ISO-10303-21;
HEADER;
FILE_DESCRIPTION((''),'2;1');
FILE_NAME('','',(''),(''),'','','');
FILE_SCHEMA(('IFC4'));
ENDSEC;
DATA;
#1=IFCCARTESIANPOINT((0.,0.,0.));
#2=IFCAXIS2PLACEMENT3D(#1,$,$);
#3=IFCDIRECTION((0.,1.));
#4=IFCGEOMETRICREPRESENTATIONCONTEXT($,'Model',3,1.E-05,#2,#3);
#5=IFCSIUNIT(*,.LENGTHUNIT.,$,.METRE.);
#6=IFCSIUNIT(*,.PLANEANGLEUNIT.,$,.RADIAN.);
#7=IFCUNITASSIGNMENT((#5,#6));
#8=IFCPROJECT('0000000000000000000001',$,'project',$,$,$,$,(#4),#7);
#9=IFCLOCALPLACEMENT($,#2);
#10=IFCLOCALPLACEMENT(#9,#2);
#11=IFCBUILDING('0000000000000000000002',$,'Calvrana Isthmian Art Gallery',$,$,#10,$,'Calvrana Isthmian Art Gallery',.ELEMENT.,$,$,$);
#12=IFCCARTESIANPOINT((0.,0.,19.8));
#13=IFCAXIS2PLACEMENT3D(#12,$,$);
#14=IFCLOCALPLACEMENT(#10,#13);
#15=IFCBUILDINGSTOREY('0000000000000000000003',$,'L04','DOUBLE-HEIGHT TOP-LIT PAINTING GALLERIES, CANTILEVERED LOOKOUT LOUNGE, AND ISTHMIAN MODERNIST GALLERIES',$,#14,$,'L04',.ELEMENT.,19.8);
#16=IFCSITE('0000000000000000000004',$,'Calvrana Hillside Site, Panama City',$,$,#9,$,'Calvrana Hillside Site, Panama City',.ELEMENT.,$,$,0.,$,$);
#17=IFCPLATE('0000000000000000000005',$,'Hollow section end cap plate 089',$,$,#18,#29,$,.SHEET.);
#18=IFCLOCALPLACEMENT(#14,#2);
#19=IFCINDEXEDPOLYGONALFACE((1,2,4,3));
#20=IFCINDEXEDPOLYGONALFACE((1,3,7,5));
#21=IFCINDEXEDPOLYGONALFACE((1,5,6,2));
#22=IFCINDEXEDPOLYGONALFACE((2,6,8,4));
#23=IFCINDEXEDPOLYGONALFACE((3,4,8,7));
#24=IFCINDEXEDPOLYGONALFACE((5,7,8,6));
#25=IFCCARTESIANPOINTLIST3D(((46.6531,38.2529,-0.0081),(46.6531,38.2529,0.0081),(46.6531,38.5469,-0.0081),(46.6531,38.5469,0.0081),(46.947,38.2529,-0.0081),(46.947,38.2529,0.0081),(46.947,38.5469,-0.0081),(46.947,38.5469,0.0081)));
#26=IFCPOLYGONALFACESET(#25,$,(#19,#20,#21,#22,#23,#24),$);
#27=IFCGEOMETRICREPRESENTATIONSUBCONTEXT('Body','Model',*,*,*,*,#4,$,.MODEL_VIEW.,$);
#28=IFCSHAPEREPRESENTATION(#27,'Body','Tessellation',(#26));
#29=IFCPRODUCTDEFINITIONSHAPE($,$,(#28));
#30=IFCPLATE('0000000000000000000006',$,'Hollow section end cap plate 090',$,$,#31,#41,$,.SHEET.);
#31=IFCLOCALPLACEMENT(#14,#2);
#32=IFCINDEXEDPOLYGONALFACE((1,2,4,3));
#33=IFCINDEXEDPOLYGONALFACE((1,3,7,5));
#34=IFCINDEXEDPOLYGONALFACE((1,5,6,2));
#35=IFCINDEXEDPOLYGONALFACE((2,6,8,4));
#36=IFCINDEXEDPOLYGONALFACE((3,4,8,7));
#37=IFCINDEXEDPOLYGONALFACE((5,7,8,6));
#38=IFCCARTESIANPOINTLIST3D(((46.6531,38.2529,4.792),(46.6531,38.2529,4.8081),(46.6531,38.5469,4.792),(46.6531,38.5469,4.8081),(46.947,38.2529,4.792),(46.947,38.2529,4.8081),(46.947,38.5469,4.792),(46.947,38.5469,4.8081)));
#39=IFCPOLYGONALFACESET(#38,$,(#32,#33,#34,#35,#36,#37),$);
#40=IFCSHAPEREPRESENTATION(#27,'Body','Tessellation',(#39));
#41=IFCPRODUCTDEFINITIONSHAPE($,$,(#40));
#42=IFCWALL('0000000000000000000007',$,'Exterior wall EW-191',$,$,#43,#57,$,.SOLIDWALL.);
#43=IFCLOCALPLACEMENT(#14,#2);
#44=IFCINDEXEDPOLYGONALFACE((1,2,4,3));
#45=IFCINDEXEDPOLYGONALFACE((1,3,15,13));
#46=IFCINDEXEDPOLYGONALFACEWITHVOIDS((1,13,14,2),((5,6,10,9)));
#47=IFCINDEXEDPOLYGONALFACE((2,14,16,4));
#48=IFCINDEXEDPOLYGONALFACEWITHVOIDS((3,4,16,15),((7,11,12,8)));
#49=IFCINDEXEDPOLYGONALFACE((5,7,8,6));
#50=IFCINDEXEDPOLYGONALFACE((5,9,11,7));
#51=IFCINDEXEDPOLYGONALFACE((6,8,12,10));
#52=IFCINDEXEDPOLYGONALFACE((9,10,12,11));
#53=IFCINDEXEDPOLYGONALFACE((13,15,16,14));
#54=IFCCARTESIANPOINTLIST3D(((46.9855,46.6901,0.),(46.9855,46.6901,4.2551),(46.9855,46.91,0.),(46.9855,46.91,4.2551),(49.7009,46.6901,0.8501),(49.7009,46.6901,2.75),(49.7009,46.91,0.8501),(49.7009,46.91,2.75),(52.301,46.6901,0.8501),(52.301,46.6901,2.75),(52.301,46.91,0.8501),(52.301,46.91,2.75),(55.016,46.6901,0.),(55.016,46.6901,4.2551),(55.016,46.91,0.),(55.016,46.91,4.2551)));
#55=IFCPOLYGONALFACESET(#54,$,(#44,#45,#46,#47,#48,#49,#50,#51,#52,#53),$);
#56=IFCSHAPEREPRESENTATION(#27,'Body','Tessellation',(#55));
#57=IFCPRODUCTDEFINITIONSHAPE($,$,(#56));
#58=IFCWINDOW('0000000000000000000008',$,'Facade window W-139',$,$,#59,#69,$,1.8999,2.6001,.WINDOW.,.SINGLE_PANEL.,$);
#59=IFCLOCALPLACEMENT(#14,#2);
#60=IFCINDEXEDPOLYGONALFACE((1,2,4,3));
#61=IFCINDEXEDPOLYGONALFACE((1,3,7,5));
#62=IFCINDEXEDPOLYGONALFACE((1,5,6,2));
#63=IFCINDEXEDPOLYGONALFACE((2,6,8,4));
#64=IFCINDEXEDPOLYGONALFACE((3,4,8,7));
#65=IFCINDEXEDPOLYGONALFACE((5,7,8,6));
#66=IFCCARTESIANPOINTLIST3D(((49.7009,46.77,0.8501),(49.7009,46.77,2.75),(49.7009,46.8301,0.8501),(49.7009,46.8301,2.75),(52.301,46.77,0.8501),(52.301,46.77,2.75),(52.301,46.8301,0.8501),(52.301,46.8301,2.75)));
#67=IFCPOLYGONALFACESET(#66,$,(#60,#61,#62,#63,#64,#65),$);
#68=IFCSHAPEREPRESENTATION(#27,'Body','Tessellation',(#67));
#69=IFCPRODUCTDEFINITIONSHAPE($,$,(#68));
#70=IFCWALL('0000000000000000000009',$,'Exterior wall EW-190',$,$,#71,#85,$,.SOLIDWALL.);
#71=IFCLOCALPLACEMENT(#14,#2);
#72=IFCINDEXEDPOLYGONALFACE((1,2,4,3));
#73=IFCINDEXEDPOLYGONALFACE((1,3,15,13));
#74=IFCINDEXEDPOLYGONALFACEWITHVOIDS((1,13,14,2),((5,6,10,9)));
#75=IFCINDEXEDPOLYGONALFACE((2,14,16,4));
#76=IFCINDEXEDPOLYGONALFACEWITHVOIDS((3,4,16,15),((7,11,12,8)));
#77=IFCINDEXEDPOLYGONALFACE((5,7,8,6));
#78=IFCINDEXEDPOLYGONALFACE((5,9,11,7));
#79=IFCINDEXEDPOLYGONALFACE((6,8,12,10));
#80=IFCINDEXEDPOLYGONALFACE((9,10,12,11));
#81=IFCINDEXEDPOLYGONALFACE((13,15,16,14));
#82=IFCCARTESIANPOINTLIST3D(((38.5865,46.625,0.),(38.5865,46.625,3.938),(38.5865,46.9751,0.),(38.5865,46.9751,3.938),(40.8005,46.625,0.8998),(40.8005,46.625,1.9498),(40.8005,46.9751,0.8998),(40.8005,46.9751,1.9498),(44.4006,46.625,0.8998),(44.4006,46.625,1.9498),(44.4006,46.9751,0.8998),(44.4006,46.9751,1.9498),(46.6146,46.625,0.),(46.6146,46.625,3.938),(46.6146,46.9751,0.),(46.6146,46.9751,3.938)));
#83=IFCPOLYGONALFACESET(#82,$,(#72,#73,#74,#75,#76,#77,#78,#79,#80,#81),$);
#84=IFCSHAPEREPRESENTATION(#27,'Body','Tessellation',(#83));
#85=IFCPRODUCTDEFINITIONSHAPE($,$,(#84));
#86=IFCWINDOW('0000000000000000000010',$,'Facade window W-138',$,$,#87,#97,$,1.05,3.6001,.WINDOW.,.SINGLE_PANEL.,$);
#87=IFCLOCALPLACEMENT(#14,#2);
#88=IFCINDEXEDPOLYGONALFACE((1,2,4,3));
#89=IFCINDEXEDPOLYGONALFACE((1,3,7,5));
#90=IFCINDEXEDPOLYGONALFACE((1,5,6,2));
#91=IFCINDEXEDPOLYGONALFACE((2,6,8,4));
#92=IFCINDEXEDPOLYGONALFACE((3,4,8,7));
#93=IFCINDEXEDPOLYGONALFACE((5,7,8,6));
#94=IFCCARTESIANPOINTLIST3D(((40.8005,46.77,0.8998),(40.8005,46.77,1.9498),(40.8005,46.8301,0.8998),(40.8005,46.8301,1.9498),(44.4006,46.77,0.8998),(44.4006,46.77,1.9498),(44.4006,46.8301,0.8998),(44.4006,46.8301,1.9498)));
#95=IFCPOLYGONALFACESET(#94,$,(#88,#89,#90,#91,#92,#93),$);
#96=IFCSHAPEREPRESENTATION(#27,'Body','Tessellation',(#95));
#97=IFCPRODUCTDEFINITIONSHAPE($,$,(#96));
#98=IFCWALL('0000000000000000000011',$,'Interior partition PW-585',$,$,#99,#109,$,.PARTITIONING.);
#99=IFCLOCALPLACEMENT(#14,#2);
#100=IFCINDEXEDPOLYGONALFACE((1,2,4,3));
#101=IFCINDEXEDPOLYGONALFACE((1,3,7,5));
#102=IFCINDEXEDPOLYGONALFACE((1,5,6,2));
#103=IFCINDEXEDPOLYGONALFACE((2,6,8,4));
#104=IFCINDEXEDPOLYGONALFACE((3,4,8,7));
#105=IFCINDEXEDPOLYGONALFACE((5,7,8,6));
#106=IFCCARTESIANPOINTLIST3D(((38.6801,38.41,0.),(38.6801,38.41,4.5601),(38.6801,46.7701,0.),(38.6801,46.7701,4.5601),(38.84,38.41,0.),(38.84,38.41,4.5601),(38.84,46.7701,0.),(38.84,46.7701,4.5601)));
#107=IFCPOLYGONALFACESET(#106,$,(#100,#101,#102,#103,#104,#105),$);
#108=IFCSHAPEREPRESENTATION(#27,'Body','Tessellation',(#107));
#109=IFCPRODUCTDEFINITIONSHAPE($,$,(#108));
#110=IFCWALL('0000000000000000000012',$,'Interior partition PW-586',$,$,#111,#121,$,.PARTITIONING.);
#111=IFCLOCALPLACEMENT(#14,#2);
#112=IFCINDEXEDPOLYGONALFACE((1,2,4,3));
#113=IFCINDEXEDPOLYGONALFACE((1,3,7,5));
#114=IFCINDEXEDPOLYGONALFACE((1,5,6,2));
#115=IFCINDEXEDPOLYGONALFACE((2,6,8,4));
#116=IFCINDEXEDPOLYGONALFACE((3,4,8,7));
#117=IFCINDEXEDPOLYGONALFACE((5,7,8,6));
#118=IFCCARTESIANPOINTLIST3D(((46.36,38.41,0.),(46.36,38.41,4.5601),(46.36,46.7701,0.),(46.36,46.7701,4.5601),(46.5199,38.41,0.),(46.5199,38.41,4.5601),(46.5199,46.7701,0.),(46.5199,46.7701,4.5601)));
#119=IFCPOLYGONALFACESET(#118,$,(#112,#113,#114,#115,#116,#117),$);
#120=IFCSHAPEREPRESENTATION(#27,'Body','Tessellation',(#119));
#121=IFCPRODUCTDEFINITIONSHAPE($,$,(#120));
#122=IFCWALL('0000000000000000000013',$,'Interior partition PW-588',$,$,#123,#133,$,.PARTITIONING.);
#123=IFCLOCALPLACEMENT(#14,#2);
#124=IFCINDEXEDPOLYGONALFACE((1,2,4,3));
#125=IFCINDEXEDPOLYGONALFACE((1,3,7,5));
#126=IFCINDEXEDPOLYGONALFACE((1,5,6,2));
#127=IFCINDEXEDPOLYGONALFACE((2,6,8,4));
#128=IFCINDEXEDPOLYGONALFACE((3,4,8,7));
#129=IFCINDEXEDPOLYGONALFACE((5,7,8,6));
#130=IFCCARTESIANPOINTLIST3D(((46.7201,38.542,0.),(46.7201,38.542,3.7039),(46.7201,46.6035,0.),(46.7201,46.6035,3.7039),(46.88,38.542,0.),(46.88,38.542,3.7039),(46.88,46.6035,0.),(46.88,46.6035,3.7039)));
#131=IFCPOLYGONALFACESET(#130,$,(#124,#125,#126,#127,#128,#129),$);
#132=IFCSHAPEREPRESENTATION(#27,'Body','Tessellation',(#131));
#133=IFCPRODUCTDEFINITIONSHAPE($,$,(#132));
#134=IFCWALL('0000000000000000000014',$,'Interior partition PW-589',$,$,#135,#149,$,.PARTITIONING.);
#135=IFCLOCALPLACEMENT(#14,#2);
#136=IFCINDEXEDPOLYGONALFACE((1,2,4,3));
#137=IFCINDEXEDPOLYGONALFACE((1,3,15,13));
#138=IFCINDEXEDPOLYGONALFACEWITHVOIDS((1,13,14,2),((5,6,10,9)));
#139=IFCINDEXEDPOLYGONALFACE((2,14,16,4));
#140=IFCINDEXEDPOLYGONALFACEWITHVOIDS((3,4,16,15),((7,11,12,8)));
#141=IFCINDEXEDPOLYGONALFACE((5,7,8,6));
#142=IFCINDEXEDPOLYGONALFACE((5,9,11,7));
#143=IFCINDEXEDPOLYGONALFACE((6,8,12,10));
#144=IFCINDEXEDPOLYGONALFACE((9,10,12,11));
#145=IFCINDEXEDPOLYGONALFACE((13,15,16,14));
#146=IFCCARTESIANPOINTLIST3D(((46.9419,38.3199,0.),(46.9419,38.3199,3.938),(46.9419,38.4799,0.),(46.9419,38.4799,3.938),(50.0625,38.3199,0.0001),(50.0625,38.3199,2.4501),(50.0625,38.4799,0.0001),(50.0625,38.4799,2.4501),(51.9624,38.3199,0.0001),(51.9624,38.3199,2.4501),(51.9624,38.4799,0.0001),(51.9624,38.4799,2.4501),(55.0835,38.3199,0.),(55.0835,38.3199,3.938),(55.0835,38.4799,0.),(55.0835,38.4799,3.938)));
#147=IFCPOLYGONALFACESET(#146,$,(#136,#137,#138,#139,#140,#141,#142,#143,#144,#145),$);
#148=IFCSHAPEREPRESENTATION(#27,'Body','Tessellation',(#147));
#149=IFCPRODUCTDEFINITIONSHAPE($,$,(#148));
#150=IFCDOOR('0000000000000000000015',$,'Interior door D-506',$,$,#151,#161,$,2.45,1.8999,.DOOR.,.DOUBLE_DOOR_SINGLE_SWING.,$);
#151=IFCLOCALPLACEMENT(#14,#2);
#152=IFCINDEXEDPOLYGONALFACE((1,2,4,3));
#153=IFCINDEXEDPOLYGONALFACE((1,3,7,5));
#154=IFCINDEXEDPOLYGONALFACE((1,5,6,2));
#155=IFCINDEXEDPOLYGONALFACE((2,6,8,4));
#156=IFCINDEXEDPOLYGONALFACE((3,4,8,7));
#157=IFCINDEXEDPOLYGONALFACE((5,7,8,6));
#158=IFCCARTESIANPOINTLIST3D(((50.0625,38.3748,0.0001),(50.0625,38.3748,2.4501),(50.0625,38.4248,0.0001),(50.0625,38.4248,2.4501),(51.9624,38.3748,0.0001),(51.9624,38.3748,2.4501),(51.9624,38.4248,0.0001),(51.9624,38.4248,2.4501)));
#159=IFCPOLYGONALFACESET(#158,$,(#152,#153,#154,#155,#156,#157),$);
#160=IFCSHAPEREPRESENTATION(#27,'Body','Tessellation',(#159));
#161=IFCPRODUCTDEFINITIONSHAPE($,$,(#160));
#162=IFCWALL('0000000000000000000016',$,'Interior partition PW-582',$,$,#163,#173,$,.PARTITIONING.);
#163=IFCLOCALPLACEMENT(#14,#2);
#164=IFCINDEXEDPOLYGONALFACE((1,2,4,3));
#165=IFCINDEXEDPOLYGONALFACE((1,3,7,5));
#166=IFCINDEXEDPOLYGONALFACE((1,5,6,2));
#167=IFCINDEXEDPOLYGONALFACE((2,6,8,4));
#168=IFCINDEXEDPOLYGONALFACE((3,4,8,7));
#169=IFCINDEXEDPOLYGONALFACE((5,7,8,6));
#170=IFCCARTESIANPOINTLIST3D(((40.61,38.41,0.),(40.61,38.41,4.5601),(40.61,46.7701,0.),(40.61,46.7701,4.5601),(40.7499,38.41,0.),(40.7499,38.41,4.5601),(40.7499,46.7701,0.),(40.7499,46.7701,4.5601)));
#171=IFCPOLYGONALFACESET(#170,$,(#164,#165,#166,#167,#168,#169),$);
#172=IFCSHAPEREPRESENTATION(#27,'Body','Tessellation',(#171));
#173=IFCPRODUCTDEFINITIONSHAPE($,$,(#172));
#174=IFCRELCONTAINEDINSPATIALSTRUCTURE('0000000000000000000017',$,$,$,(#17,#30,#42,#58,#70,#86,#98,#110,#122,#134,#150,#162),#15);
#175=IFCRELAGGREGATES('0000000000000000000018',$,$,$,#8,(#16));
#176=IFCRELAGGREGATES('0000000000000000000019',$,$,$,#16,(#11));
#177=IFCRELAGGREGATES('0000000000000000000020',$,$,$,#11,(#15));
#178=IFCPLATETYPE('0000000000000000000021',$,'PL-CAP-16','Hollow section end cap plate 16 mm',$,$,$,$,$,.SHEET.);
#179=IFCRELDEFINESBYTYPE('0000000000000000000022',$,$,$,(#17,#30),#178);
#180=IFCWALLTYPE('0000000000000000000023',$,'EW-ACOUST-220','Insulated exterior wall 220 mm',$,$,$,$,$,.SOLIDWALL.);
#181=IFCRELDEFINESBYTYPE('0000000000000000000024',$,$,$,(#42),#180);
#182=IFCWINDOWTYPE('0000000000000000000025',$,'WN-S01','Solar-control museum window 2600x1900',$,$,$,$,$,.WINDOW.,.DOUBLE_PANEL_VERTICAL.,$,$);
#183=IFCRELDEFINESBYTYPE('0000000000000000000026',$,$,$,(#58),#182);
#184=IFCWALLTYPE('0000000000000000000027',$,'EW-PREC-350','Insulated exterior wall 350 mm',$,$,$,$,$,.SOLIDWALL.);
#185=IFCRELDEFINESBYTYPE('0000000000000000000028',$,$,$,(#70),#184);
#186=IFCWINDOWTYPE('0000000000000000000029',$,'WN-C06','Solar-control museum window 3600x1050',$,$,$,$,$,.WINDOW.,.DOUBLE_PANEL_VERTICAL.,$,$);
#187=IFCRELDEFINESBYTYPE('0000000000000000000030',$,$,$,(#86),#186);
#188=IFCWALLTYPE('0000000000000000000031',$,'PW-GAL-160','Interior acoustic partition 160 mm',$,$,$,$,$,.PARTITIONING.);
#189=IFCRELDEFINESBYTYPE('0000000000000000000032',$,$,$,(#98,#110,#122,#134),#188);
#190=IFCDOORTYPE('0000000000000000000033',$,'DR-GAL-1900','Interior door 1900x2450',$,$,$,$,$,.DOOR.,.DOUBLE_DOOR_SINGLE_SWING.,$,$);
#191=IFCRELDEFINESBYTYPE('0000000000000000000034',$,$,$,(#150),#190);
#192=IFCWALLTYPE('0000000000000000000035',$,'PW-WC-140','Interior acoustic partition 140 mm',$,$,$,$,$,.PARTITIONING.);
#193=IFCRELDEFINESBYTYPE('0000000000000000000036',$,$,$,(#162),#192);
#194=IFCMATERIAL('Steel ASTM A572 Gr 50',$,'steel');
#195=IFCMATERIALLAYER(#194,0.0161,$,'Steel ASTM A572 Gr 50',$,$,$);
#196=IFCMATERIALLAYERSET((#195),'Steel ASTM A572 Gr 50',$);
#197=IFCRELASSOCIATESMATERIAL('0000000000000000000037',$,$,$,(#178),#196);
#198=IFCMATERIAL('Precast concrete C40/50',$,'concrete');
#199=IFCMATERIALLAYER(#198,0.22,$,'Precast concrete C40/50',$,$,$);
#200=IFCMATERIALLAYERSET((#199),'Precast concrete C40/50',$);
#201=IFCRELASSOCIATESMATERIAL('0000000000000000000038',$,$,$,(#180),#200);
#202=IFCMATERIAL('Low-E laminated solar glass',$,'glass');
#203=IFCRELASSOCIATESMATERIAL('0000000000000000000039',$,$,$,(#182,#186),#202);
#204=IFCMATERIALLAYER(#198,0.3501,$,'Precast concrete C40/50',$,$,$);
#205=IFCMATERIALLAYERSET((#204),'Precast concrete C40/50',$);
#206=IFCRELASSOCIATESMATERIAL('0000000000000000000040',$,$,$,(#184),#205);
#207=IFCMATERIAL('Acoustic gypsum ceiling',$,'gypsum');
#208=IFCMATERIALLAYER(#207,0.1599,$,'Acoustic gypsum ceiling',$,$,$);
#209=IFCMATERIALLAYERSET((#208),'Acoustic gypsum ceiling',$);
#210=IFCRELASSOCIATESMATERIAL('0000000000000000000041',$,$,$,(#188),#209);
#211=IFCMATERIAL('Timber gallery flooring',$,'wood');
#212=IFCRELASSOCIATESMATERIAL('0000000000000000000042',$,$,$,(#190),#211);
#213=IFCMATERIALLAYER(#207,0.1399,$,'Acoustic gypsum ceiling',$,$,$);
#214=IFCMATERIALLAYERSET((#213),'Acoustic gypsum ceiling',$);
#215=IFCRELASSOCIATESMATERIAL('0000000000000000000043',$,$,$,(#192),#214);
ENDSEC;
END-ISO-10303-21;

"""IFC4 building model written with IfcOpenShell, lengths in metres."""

from ifc_helpers import new_model, si_unit, direction, frame, frame_2d, origin, origin_2d, place, context, subcontext, project, spatial, rectangle, extrude, material, layer, layer_set, type_object, element, fill, save


model = new_model("IFC4")

# Units and contexts
model_context = context("Model", 3, precision=1e-05, world=origin(), true_north=direction((0.0, 1.0)))
body_context = subcontext(model_context, "Body", "Model", "MODEL_VIEW")
ifc_project = project(units=[si_unit("LENGTHUNIT", "METRE"), si_unit("PLANEANGLEUNIT", "RADIAN")], contexts=[model_context])

# Site, building, storey
site_placement = place(None, origin())
site = spatial("IfcSite", under=ifc_project, at=site_placement, Name="Calvrana Hillside Site, Panama City", LongName="Calvrana Hillside Site, Panama City", CompositionType="ELEMENT", RefElevation=0.0)
building_placement = place(site_placement, origin())
building = spatial("IfcBuilding", under=site, at=building_placement, Name="Calvrana Isthmian Art Gallery", LongName="Calvrana Isthmian Art Gallery", CompositionType="ELEMENT")
storey_placement = place(building_placement, frame((0.0, 0.0, 19.8)))
storey = spatial("IfcBuildingStorey", under=building, at=storey_placement, Name="L04", Description="DOUBLE-HEIGHT TOP-LIT PAINTING GALLERIES, CANTILEVERED LOOKOUT LOUNGE, AND ISTHMIAN MODERNIST GALLERIES", LongName="L04", CompositionType="ELEMENT", Elevation=19.8)

# Plates
ifc_material_1 = material(Name="Steel ASTM A572 Gr 50", Category="steel")
ifc_layer_1 = layer(ifc_material_1, 0.0161, Name="Steel ASTM A572 Gr 50")
ifc_layer_set_1 = layer_set([ifc_layer_1], Name="Steel ASTM A572 Gr 50")
plate_type = type_object("IfcPlateType", Name="PL-CAP-16", Description="Hollow section end cap plate 16 mm", PredefinedType="SHEET", material=ifc_layer_set_1)
for number, where, z_axis, x_axis, name in (
    (1, (46.8, 38.3999, -0.0081), (0.0, 0.0, 1.0), (1.0, 0.0, 0.0), "Hollow section end cap plate 089"),
    (2, (46.8, 38.3999, 4.792), (0.0, 0.0, 1.0), (1.0, 0.0, 0.0), "Hollow section end cap plate 090"),
):
    element("IfcPlate", number, at=place(storey_placement, frame(where, z_axis=z_axis, x_axis=x_axis)), inside=storey, type_object=plate_type, Name=name, PredefinedType="SHEET", context=body_context, shape_type="SweptSolid", body=[
        extrude(rectangle(XDim=0.2939, YDim=0.2939, at=origin_2d()), origin(), (0.0, 0.0, 1.0), 0.0161),
    ])

# Walls, openings, windows
ifc_material_2 = material(Name="Precast concrete C40/50", Category="concrete")
ifc_layer_2 = layer(ifc_material_2, 0.22, Name="Precast concrete C40/50")
ifc_layer_set_2 = layer_set([ifc_layer_2], Name="Precast concrete C40/50")
wall_type_1 = type_object("IfcWallType", Name="EW-ACOUST-220", Description="Insulated exterior wall 220 mm", PredefinedType="SOLIDWALL", material=ifc_layer_set_2)
wall_1_placement = place(storey_placement, frame((46.9856, 46.8, 0.0), z_axis=(0.0, 0.0, 1.0), x_axis=(1.0, 0.0, 0.0)))
wall_1 = element("IfcWall", 3, at=wall_1_placement, inside=storey, type_object=wall_type_1, Name="Exterior wall EW-191", PredefinedType="SOLIDWALL", context=body_context, shape_type="SweptSolid", body=[
    extrude(rectangle(XDim=8.0305, YDim=0.22, at=frame_2d((4.0151, 0.0))), origin(), (0.0, 0.0, 1.0), 4.2551),
])
opening_1_placement = place(wall_1_placement, frame((2.7153, 0.0, 0.8501)))
opening_1 = element("IfcOpeningElement", 4, at=opening_1_placement, cuts=wall_1, PredefinedType="OPENING", context=body_context, shape_type="SweptSolid", body=[
    extrude(rectangle(XDim=2.6001, YDim=1.8999, at=frame_2d((1.3, 0.95))), frame((0.0, 0.1201, 0.0), z_axis=(0.0, -1.0, 0.0), x_axis=(1.0, 0.0, 0.0)), (0.0, 0.0, 1.0), 0.2405),
])
ifc_material_3 = material(Name="Low-E laminated solar glass", Category="glass")
window_type_1 = type_object("IfcWindowType", Name="WN-S01", Description="Solar-control museum window 2600x1900", PartitioningType="DOUBLE_PANEL_VERTICAL", PredefinedType="WINDOW", material=ifc_material_3)
window_1_placement = place(opening_1_placement, origin())
window_1 = element("IfcWindow", 5, at=window_1_placement, inside=storey, type_object=window_type_1, Name="Facade window W-139", OverallHeight=1.8999, OverallWidth=2.6001, PartitioningType="SINGLE_PANEL", PredefinedType="WINDOW", context=body_context, shape_type="SweptSolid", body=[
    extrude(rectangle(XDim=2.6001, YDim=1.8999, at=frame_2d((1.3, 0.95))), frame((0.0, 0.03, 0.0), z_axis=(0.0, -1.0, 0.0), x_axis=(1.0, 0.0, 0.0)), (0.0, 0.0, 1.0), 0.0601),
])
fill(opening_1, window_1)
ifc_layer_3 = layer(ifc_material_2, 0.3501, Name="Precast concrete C40/50")
ifc_layer_set_3 = layer_set([ifc_layer_3], Name="Precast concrete C40/50")
wall_type_2 = type_object("IfcWallType", Name="EW-PREC-350", Description="Insulated exterior wall 350 mm", PredefinedType="SOLIDWALL", material=ifc_layer_set_3)
wall_2_placement = place(storey_placement, frame((38.5864, 46.8, 0.0), z_axis=(0.0, 0.0, 1.0), x_axis=(1.0, 0.0, 0.0)))
wall_2 = element("IfcWall", 6, at=wall_2_placement, inside=storey, type_object=wall_type_2, Name="Exterior wall EW-190", PredefinedType="SOLIDWALL", context=body_context, shape_type="SweptSolid", body=[
    extrude(rectangle(XDim=8.0281, YDim=0.3501, at=frame_2d((4.0142, 0.0))), origin(), (0.0, 0.0, 1.0), 3.938),
])
opening_2_placement = place(wall_2_placement, frame((2.2141, 0.0, 0.8999)))
opening_2 = element("IfcOpeningElement", 7, at=opening_2_placement, cuts=wall_2, PredefinedType="OPENING", context=body_context, shape_type="SweptSolid", body=[
    extrude(rectangle(XDim=3.6001, YDim=1.05, at=frame_2d((1.8, 0.5249))), frame((0.0, 0.1853, 0.0), z_axis=(0.0, -1.0, 0.0), x_axis=(1.0, 0.0, 0.0)), (0.0, 0.0, 1.0), 0.3706),
])
window_type_2 = type_object("IfcWindowType", Name="WN-C06", Description="Solar-control museum window 3600x1050", PartitioningType="DOUBLE_PANEL_VERTICAL", PredefinedType="WINDOW", material=ifc_material_3)
window_2_placement = place(opening_2_placement, origin())
window_2 = element("IfcWindow", 8, at=window_2_placement, inside=storey, type_object=window_type_2, Name="Facade window W-138", OverallHeight=1.05, OverallWidth=3.6001, PartitioningType="SINGLE_PANEL", PredefinedType="WINDOW", context=body_context, shape_type="SweptSolid", body=[
    extrude(rectangle(XDim=3.6001, YDim=1.05, at=frame_2d((1.8, 0.5249))), frame((0.0, 0.03, 0.0), z_axis=(0.0, -1.0, 0.0), x_axis=(1.0, 0.0, 0.0)), (0.0, 0.0, 1.0), 0.0601),
])
fill(opening_2, window_2)

# Walls
ifc_material_4 = material(Name="Acoustic gypsum ceiling", Category="gypsum")
ifc_layer_4 = layer(ifc_material_4, 0.1599, Name="Acoustic gypsum ceiling")
ifc_layer_set_4 = layer_set([ifc_layer_4], Name="Acoustic gypsum ceiling")
wall_type_3 = type_object("IfcWallType", Name="PW-GAL-160", Description="Interior acoustic partition 160 mm", PredefinedType="PARTITIONING", material=ifc_layer_set_4)
for number, where, z_axis, x_axis, name in (
    (9, (38.76, 38.4099, 0.0), (0.0, 0.0, 1.0), (0.0, 1.0, 0.0), "Interior partition PW-585"),
    (10, (46.4399, 38.4099, 0.0), (0.0, 0.0, 1.0), (0.0, 1.0, 0.0), "Interior partition PW-586"),
):
    element("IfcWall", number, at=place(storey_placement, frame(where, z_axis=z_axis, x_axis=x_axis)), inside=storey, type_object=wall_type_3, Name=name, PredefinedType="PARTITIONING", context=body_context, shape_type="SweptSolid", body=[
        extrude(rectangle(XDim=8.3601, YDim=0.1599, at=frame_2d((4.1802, 0.0))), origin(), (0.0, 0.0, 1.0), 4.5601),
    ])
wall_3_placement = place(storey_placement, frame((46.8, 38.542, 0.0), z_axis=(0.0, 0.0, 1.0), x_axis=(0.0, 1.0, 0.0)))
element("IfcWall", 11, at=wall_3_placement, inside=storey, type_object=wall_type_3, Name="Interior partition PW-588", PredefinedType="PARTITIONING", context=body_context, shape_type="SweptSolid", body=[
    extrude(rectangle(XDim=8.0615, YDim=0.1599, at=frame_2d((4.0308, 0.0))), origin(), (0.0, 0.0, 1.0), 3.7039),
])

# Wall, opening, door
wall_4_placement = place(storey_placement, frame((46.9419, 38.3999, 0.0), z_axis=(0.0, 0.0, 1.0), x_axis=(1.0, 0.0, 0.0)))
wall_4 = element("IfcWall", 12, at=wall_4_placement, inside=storey, type_object=wall_type_3, Name="Interior partition PW-589", PredefinedType="PARTITIONING", context=body_context, shape_type="SweptSolid", body=[
    extrude(rectangle(XDim=8.1416, YDim=0.1599, at=frame_2d((4.0708, 0.0))), origin(), (0.0, 0.0, 1.0), 3.938),
])
opening_3_placement = place(wall_4_placement, frame((3.1206, 0.0, 0.0)))
opening_3 = element("IfcOpeningElement", 13, at=opening_3_placement, cuts=wall_4, PredefinedType="OPENING", context=body_context, shape_type="SweptSolid", body=[
    extrude(rectangle(XDim=1.8999, YDim=2.45, at=frame_2d((0.95, 1.2251))), frame((0.0, 0.0903, 0.0), z_axis=(0.0, -1.0, 0.0), x_axis=(1.0, 0.0, 0.0)), (0.0, 0.0, 1.0), 0.1804),
])
ifc_material_5 = material(Name="Timber gallery flooring", Category="wood")
door_type = type_object("IfcDoorType", Name="DR-GAL-1900", Description="Interior door 1900x2450", OperationType="DOUBLE_DOOR_SINGLE_SWING", PredefinedType="DOOR", material=ifc_material_5)
door_placement = place(opening_3_placement, origin())
door = element("IfcDoor", 14, at=door_placement, inside=storey, type_object=door_type, Name="Interior door D-506", OperationType="DOUBLE_DOOR_SINGLE_SWING", OverallHeight=2.45, OverallWidth=1.8999, PredefinedType="DOOR", context=body_context, shape_type="SweptSolid", body=[
    extrude(rectangle(XDim=1.8999, YDim=2.45, at=frame_2d((0.95, 1.2251))), frame((0.0, 0.0249, 0.0), z_axis=(0.0, -1.0, 0.0), x_axis=(1.0, 0.0, 0.0)), (0.0, 0.0, 1.0), 0.05),
])
fill(opening_3, door)

# Wall
ifc_layer_5 = layer(ifc_material_4, 0.1399, Name="Acoustic gypsum ceiling")
ifc_layer_set_5 = layer_set([ifc_layer_5], Name="Acoustic gypsum ceiling")
wall_type_4 = type_object("IfcWallType", Name="PW-WC-140", Description="Interior acoustic partition 140 mm", PredefinedType="PARTITIONING", material=ifc_layer_set_5)
for number, where, z_axis, x_axis, name in (
    (15, (40.6799, 38.4099, 0.0), (0.0, 0.0, 1.0), (0.0, 1.0, 0.0), "Interior partition PW-582"),
):
    element("IfcWall", number, at=place(storey_placement, frame(where, z_axis=z_axis, x_axis=x_axis)), inside=storey, type_object=wall_type_4, Name=name, PredefinedType="PARTITIONING", context=body_context, shape_type="SweptSolid", body=[
        extrude(rectangle(XDim=8.3601, YDim=0.1399, at=frame_2d((4.1802, 0.0))), origin(), (0.0, 0.0, 1.0), 4.5601),
    ])

save(model, "model.ifc")
